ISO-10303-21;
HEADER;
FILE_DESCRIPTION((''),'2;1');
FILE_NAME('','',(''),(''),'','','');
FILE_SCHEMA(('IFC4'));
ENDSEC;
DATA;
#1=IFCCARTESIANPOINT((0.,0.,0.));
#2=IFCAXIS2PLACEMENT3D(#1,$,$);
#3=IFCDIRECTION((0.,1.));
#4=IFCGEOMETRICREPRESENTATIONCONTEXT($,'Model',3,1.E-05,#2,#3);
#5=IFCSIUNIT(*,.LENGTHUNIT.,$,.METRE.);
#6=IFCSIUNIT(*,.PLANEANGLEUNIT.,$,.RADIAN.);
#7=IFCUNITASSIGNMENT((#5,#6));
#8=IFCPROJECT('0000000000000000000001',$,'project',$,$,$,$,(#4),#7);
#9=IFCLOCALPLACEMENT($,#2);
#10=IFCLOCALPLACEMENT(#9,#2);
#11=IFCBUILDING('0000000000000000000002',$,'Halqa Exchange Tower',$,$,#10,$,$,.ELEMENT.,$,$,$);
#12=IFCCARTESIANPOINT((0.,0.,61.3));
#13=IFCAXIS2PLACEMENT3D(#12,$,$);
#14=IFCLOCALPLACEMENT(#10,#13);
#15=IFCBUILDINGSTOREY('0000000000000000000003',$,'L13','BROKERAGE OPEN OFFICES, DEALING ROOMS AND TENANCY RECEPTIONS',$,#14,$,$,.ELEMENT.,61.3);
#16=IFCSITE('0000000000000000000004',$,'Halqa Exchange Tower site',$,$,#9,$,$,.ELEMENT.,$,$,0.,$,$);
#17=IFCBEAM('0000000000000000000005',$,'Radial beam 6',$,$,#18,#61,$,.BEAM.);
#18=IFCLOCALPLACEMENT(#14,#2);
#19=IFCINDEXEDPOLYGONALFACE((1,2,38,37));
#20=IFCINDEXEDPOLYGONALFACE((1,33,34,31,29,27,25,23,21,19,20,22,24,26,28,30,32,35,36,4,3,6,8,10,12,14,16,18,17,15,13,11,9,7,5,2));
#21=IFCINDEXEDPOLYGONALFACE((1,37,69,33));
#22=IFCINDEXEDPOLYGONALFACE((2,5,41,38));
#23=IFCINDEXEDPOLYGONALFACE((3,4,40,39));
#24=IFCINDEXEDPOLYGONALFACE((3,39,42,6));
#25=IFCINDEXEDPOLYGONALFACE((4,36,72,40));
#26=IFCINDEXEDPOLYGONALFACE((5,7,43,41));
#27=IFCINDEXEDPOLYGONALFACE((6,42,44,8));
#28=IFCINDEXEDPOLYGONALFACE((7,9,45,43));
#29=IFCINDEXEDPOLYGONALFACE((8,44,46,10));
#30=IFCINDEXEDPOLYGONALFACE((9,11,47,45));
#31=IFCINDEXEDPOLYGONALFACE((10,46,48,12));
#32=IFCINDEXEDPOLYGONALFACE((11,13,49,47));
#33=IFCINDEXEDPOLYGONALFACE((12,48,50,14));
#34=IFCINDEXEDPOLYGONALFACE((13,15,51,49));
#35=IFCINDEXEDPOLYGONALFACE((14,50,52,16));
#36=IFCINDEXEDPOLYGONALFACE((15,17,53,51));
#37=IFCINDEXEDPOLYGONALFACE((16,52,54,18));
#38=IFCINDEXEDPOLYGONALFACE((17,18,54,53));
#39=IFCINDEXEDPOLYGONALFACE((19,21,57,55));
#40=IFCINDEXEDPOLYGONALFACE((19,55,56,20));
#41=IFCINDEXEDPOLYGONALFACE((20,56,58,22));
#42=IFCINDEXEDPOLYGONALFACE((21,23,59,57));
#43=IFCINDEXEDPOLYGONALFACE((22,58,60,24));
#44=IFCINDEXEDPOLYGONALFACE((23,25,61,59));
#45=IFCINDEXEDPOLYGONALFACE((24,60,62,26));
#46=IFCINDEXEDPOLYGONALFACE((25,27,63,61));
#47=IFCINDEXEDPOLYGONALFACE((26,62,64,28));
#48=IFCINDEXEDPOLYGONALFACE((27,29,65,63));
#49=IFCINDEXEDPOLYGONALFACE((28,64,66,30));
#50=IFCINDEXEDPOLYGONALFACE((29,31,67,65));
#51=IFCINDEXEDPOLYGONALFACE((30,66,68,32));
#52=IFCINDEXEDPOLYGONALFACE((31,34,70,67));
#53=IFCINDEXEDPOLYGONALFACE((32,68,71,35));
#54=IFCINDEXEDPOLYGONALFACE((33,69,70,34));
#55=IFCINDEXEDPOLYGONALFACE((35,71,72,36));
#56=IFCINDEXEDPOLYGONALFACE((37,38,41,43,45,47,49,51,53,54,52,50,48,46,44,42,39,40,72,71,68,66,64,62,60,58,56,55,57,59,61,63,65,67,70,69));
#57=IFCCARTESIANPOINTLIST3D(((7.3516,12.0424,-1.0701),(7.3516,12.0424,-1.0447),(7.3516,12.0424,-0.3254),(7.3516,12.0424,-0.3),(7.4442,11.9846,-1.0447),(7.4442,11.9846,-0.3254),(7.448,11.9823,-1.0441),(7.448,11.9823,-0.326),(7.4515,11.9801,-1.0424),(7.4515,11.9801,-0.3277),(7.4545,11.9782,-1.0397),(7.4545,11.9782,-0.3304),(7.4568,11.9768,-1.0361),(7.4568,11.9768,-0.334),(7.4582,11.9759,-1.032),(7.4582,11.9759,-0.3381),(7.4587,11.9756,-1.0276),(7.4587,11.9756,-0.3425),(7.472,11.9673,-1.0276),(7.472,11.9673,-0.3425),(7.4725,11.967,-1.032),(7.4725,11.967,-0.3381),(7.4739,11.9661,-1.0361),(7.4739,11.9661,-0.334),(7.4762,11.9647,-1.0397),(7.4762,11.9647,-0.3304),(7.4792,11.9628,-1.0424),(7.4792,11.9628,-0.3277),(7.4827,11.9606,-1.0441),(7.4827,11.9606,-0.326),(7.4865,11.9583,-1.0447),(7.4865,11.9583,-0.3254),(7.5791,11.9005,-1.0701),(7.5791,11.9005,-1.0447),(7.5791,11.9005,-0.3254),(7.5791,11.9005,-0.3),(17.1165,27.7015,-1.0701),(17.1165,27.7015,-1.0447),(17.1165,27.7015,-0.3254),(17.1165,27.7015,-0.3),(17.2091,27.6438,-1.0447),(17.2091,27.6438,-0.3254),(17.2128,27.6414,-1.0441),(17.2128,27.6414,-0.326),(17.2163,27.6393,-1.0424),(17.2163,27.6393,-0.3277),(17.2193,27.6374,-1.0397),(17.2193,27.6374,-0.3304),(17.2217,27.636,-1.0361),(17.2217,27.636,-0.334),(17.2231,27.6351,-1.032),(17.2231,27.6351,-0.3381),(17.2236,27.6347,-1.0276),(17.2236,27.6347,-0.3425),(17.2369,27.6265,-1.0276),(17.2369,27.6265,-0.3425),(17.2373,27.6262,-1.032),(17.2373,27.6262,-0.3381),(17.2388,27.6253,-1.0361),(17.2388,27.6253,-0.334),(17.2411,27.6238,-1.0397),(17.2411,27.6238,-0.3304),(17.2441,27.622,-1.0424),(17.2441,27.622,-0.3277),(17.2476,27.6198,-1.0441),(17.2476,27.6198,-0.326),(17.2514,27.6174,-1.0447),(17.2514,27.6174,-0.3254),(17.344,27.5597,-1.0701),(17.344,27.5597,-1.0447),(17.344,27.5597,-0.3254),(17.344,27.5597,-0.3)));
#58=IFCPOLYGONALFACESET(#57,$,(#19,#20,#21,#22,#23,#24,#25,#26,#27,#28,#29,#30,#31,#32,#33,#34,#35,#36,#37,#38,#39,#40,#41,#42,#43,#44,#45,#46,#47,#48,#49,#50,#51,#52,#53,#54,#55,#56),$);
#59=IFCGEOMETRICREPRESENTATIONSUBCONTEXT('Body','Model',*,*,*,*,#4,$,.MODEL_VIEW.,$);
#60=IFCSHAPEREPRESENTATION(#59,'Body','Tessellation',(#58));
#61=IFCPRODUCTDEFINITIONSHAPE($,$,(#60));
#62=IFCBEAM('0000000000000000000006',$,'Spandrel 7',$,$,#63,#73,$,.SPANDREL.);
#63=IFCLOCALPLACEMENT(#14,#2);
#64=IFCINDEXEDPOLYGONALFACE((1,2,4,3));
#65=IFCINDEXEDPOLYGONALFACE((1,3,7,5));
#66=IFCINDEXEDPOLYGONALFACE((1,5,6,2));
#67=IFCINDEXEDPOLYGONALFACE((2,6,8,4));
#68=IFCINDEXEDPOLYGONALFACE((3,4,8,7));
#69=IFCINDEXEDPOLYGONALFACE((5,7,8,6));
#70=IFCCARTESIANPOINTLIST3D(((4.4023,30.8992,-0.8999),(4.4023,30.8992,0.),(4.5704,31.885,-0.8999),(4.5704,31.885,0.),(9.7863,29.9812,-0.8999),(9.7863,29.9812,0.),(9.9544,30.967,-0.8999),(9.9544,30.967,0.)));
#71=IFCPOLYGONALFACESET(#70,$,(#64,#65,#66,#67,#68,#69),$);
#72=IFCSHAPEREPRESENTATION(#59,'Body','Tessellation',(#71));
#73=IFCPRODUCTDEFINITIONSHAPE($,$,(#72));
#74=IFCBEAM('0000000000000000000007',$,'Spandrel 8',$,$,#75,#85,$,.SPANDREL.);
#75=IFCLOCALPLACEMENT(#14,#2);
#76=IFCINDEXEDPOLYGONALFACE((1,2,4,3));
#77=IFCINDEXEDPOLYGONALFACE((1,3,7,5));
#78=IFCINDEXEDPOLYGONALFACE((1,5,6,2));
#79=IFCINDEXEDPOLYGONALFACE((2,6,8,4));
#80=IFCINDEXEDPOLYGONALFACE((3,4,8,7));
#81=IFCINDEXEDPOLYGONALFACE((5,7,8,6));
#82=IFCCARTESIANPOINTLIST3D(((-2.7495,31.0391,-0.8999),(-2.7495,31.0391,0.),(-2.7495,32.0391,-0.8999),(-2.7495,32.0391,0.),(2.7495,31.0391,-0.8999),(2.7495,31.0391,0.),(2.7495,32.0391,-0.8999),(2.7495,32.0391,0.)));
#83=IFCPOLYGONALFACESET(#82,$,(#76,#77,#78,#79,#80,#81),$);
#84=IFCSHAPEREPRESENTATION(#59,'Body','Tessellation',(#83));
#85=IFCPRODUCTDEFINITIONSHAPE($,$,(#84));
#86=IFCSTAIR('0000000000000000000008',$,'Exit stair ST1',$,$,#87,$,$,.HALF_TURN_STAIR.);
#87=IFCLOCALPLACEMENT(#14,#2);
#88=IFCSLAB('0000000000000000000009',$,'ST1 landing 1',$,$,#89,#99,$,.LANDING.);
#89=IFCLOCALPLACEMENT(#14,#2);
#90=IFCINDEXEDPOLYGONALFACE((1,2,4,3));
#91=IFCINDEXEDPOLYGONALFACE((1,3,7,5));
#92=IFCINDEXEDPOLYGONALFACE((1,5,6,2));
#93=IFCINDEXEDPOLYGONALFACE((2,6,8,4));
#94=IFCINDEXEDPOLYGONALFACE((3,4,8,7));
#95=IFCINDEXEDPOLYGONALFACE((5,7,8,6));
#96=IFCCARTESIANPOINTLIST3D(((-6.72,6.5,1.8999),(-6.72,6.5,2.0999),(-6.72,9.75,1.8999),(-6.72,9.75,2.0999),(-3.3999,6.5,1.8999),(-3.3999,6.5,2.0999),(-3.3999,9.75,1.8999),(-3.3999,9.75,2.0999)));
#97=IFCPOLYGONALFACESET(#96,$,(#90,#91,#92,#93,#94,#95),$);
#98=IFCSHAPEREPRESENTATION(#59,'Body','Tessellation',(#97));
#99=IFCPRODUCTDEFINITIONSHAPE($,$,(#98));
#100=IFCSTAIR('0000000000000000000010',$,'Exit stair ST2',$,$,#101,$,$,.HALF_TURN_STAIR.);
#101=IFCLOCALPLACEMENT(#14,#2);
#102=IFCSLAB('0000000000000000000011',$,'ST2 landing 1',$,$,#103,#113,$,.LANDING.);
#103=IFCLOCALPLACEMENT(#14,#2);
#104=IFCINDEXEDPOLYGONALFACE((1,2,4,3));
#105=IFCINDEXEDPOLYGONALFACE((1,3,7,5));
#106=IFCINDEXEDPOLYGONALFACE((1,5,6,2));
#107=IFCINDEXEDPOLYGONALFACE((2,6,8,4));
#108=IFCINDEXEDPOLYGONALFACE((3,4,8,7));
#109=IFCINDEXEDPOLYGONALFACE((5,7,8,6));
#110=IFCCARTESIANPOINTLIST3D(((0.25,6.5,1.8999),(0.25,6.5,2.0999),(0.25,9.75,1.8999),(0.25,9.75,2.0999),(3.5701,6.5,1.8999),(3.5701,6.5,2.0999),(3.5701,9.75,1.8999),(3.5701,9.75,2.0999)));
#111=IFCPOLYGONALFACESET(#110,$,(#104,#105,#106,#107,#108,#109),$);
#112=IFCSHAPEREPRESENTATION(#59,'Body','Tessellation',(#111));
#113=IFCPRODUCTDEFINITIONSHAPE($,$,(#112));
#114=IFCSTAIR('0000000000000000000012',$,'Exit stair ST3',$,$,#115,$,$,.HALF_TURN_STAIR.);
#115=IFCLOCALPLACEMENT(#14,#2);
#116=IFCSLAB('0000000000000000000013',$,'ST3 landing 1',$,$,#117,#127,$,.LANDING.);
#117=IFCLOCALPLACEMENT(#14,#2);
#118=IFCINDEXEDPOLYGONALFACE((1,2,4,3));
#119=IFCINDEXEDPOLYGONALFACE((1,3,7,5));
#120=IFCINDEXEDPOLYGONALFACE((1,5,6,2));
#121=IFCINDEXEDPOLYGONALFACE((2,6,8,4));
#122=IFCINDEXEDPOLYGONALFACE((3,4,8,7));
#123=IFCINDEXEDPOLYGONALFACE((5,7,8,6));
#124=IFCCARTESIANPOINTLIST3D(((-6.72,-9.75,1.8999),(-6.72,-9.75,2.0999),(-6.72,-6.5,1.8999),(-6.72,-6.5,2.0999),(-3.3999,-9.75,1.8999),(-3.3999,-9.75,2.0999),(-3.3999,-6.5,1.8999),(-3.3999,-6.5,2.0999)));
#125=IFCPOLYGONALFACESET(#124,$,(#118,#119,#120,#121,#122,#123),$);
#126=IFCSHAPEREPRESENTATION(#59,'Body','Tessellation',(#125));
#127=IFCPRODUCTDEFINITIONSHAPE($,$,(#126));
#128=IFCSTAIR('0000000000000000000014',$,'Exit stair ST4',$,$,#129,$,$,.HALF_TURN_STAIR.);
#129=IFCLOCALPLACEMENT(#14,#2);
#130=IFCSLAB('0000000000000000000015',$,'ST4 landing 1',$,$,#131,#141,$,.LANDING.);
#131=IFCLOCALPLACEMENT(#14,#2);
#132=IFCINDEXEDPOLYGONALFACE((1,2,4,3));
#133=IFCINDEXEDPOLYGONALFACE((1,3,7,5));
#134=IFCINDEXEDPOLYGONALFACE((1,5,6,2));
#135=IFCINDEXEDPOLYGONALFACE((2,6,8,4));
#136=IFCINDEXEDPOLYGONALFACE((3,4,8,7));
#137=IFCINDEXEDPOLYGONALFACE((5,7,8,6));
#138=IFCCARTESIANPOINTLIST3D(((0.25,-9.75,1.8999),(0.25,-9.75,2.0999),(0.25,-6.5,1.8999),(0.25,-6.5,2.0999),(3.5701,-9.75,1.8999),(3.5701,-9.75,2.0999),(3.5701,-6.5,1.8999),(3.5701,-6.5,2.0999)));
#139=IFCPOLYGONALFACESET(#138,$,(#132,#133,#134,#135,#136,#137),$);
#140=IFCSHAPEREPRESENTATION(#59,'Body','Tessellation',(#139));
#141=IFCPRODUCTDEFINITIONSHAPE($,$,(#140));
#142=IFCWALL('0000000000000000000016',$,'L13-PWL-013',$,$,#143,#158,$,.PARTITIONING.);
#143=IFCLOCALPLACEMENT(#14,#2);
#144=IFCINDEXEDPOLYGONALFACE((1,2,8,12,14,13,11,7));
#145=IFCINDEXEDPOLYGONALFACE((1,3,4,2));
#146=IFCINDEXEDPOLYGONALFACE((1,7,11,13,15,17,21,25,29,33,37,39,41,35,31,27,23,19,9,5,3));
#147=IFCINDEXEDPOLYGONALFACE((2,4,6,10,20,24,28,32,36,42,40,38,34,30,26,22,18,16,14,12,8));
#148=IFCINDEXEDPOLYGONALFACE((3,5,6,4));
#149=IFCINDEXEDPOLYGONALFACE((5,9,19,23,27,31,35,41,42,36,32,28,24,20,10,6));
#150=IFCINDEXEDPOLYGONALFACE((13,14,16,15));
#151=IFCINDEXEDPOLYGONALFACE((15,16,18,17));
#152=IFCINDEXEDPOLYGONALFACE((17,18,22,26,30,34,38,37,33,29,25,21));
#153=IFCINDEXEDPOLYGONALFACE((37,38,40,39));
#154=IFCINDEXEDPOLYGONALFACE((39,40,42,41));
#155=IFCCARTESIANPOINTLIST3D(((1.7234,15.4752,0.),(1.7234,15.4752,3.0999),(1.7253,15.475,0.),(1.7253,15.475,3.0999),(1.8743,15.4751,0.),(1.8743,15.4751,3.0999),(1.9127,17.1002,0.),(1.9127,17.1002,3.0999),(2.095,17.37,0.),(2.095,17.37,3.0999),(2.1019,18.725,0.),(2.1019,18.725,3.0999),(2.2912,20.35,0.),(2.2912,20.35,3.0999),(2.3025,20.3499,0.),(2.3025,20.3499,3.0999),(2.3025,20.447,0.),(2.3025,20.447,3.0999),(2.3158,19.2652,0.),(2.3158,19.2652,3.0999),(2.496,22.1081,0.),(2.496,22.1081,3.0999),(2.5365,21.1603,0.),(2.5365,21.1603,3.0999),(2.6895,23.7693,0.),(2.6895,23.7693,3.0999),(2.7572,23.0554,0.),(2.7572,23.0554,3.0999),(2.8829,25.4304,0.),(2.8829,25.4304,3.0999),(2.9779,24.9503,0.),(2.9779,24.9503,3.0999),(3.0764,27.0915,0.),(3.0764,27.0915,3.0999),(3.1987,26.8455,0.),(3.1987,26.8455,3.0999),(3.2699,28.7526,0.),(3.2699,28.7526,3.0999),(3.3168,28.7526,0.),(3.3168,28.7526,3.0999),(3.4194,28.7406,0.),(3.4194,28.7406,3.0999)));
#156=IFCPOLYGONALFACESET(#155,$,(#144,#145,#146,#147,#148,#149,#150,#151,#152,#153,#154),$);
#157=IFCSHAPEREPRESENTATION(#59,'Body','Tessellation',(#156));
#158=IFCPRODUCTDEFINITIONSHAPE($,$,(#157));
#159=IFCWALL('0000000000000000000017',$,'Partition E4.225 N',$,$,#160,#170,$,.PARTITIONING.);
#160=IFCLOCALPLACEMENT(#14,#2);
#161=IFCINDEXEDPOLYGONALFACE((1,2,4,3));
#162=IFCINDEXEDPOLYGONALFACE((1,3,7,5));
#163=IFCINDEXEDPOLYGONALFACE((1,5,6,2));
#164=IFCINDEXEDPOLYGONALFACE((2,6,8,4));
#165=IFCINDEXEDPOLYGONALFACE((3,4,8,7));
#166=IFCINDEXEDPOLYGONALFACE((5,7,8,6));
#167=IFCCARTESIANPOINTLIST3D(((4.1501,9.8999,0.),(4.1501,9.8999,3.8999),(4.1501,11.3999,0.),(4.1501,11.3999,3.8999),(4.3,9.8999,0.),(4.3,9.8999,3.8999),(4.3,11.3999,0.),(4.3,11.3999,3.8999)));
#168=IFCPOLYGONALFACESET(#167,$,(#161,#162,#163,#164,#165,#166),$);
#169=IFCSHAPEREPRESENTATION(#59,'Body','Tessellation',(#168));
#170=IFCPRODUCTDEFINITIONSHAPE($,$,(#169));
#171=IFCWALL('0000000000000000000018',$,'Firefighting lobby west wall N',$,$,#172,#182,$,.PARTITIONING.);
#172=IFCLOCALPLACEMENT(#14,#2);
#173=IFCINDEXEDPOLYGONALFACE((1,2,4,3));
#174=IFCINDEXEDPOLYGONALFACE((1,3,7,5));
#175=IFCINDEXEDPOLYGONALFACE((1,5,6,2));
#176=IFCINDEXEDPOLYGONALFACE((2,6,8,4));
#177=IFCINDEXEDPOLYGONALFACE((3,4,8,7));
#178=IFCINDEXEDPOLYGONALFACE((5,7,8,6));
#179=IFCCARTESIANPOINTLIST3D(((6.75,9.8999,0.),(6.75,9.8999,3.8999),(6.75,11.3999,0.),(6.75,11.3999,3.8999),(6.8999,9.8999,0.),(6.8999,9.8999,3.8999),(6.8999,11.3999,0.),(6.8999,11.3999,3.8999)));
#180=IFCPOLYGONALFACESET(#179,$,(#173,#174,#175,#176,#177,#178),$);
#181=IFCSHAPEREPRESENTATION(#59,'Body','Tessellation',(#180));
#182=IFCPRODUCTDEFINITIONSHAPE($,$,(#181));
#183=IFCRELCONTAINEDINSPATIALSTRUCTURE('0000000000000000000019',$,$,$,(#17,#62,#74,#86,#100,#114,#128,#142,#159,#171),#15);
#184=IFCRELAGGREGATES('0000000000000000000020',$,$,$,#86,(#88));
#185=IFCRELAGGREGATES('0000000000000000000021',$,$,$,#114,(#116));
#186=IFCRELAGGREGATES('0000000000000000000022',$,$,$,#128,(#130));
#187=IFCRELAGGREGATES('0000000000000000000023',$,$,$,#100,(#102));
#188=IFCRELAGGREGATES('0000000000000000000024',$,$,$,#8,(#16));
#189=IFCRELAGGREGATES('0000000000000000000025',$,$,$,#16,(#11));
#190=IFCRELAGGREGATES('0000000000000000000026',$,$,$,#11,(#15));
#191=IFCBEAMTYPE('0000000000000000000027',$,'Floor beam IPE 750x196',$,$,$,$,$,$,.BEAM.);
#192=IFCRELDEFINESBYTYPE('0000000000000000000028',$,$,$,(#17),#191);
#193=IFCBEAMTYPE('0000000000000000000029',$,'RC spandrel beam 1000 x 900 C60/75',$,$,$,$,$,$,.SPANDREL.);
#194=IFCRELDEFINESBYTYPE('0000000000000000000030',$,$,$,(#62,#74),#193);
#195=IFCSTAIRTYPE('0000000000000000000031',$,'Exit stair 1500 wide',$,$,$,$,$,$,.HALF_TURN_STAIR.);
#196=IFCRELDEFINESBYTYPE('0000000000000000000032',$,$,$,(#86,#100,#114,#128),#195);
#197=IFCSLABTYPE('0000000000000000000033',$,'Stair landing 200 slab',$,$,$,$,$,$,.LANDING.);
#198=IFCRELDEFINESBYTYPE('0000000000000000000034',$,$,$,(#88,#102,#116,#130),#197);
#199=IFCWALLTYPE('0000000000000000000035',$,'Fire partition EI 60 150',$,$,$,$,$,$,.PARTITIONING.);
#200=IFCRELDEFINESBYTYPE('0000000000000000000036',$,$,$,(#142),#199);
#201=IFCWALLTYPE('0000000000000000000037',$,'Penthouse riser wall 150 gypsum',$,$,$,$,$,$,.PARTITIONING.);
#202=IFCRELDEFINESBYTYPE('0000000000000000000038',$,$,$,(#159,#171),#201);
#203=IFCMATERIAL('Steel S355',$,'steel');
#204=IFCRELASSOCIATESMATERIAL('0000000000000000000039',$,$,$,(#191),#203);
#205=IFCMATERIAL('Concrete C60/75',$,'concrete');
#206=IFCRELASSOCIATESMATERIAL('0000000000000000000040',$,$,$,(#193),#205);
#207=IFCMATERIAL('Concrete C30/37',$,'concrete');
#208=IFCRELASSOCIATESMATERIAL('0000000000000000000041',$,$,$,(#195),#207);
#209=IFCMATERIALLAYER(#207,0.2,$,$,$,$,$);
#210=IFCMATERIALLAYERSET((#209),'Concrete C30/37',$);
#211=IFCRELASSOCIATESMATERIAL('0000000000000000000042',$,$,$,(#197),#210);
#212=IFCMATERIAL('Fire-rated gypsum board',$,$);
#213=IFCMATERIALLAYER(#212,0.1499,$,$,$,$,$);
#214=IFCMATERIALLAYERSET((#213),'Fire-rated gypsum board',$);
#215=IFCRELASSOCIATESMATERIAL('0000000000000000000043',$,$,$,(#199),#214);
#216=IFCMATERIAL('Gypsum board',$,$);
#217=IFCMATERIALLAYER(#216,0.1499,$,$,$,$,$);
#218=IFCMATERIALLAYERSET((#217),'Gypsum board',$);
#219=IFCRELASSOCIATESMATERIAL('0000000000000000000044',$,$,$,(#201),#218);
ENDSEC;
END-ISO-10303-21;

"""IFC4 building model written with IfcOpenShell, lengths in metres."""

from ifc_helpers import new_model, si_unit, direction, frame, frame_2d, origin, origin_2d, place, context, subcontext, project, spatial, polyline, rectangle, i_section, outline, extrude, material, layer, layer_set, material_profile, profile_set, type_object, element, aggregate, save


model = new_model("IFC4")

# Units and contexts
model_context = context("Model", 3, precision=1e-05, world=origin(), true_north=direction((0.0, 1.0)))
body_context = subcontext(model_context, "Body", "Model", "MODEL_VIEW")
ifc_project = project(units=[si_unit("LENGTHUNIT", "METRE"), si_unit("PLANEANGLEUNIT", "RADIAN")], contexts=[model_context])

# Site, building, storey
site_placement = place(None, origin())
site = spatial("IfcSite", under=ifc_project, at=site_placement, Name="Halqa Exchange Tower site", CompositionType="ELEMENT", RefElevation=0.0)
building_placement = place(site_placement, origin())
building = spatial("IfcBuilding", under=site, at=building_placement, Name="Halqa Exchange Tower", CompositionType="ELEMENT")
storey_placement = place(building_placement, frame((0.0, 0.0, 61.3)))
storey = spatial("IfcBuildingStorey", under=building, at=storey_placement, Name="L13", Description="BROKERAGE OPEN OFFICES, DEALING ROOMS AND TENANCY RECEPTIONS", CompositionType="ELEMENT", Elevation=61.3)

# Beams
ifc_material_1 = material(Name="Steel S355", Category="steel")
ifc_material_profile_1 = material_profile(ifc_material_1, i_section(OverallWidth=0.2681, OverallDepth=0.77, WebThickness=0.0156, FlangeThickness=0.0254, FilletRadius=0.0171, at=origin_2d()), Name="IPE 750x196")
ifc_profile_set_1 = profile_set([ifc_material_profile_1], Name="Steel S355")
beam_type_1 = type_object("IfcBeamType", Name="Floor beam IPE 750x196", PredefinedType="BEAM", material=ifc_profile_set_1)
beam_1_placement = place(storey_placement, frame((7.4653, 11.9714, -0.6851), z_axis=(0.529138, 0.848536, 0.0), x_axis=(-0.848536, 0.529138, 0.0)))
element("IfcBeam", 1, at=beam_1_placement, inside=storey, type_object=beam_type_1, Name="Radial beam 6", PredefinedType="BEAM", context=body_context, shape_type="SweptSolid", body=[
    extrude(i_section(OverallWidth=0.2681, OverallDepth=0.77, WebThickness=0.0156, FlangeThickness=0.0254, FilletRadius=0.0171, at=origin_2d()), origin(), (0.0, 0.0, 1.0), 18.4543),
])
ifc_material_2 = material(Name="Concrete C60/75", Category="concrete")
ifc_material_profile_2 = material_profile(ifc_material_2, rectangle(XDim=1.0, YDim=0.8999, at=origin_2d()), Name="1000 x 900")
ifc_profile_set_2 = profile_set([ifc_material_profile_2], Name="Concrete C60/75")
beam_type_2 = type_object("IfcBeamType", Name="RC spandrel beam 1000 x 900 C60/75", PredefinedType="SPANDREL", material=ifc_profile_set_2)
beam_2_placement = place(storey_placement, frame((9.8704, 30.4741, -0.45), z_axis=(-0.985775, 0.168073, 0.0), x_axis=(-0.168073, -0.985775, 0.0)))
element("IfcBeam", 2, at=beam_2_placement, inside=storey, type_object=beam_type_2, Name="Spandrel 7", PredefinedType="SPANDREL", context=body_context, shape_type="SweptSolid", body=[
    extrude(rectangle(XDim=1.0, YDim=0.8999, at=origin_2d()), origin(), (0.0, 0.0, 1.0), 5.4617),
])
beam_3_placement = place(storey_placement, frame((2.7495, 31.5391, -0.45), z_axis=(-1.0, 0.0, 0.0), x_axis=(0.0, -1.0, 0.0)))
element("IfcBeam", 3, at=beam_3_placement, inside=storey, type_object=beam_type_2, Name="Spandrel 8", PredefinedType="SPANDREL", context=body_context, shape_type="SweptSolid", body=[
    extrude(rectangle(XDim=1.0, YDim=0.8999, at=origin_2d()), origin(), (0.0, 0.0, 1.0), 5.499),
])

# Stairs, slabs
ifc_material_3 = material(Name="Concrete C30/37", Category="concrete")
stair_type = type_object("IfcStairType", Name="Exit stair 1500 wide", PredefinedType="HALF_TURN_STAIR", material=ifc_material_3)
stair_1_placement = place(storey_placement, origin())
stair_1 = element("IfcStair", 4, at=stair_1_placement, inside=storey, type_object=stair_type, Name="Exit stair ST1", PredefinedType="HALF_TURN_STAIR")
ifc_layer_1 = layer(ifc_material_3, 0.2)
ifc_layer_set_1 = layer_set([ifc_layer_1], Name="Concrete C30/37")
slab_type = type_object("IfcSlabType", Name="Stair landing 200 slab", PredefinedType="LANDING", material=ifc_layer_set_1)
slab_1_placement = place(storey_placement, frame((0.0, 0.0, 1.8999)))
slab_1 = element("IfcSlab", 5, at=slab_1_placement, type_object=slab_type, Name="ST1 landing 1", PredefinedType="LANDING", context=body_context, shape_type="SweptSolid", body=[
    extrude(outline(polyline([(-6.72, 6.5), (-3.3999, 6.5), (-3.3999, 9.75), (-6.72, 9.75), (-6.72, 6.5)])), origin(), (0.0, 0.0, 1.0), 0.2),
])
aggregate(stair_1, [slab_1])
stair_2_placement = place(storey_placement, origin())
stair_2 = element("IfcStair", 6, at=stair_2_placement, inside=storey, type_object=stair_type, Name="Exit stair ST2", PredefinedType="HALF_TURN_STAIR")
slab_2_placement = place(storey_placement, frame((0.0, 0.0, 1.8999)))
slab_2 = element("IfcSlab", 7, at=slab_2_placement, type_object=slab_type, Name="ST2 landing 1", PredefinedType="LANDING", context=body_context, shape_type="SweptSolid", body=[
    extrude(outline(polyline([(0.25, 6.5), (3.5701, 6.5), (3.5701, 9.75), (0.25, 9.75), (0.25, 6.5)])), origin(), (0.0, 0.0, 1.0), 0.2),
])
stair_3_placement = place(storey_placement, origin())
stair_3 = element("IfcStair", 8, at=stair_3_placement, inside=storey, type_object=stair_type, Name="Exit stair ST3", PredefinedType="HALF_TURN_STAIR")
slab_3_placement = place(storey_placement, frame((0.0, 0.0, 1.8999)))
slab_3 = element("IfcSlab", 9, at=slab_3_placement, type_object=slab_type, Name="ST3 landing 1", PredefinedType="LANDING", context=body_context, shape_type="SweptSolid", body=[
    extrude(outline(polyline([(-6.72, -9.75), (-3.3999, -9.75), (-3.3999, -6.5), (-6.72, -6.5), (-6.72, -9.75)])), origin(), (0.0, 0.0, 1.0), 0.2),
])
aggregate(stair_3, [slab_3])
stair_4_placement = place(storey_placement, origin())
stair_4 = element("IfcStair", 10, at=stair_4_placement, inside=storey, type_object=stair_type, Name="Exit stair ST4", PredefinedType="HALF_TURN_STAIR")
slab_4_placement = place(storey_placement, frame((0.0, 0.0, 1.8999)))
slab_4 = element("IfcSlab", 11, at=slab_4_placement, type_object=slab_type, Name="ST4 landing 1", PredefinedType="LANDING", context=body_context, shape_type="SweptSolid", body=[
    extrude(outline(polyline([(0.25, -9.75), (3.5701, -9.75), (3.5701, -6.5), (0.25, -6.5), (0.25, -9.75)])), origin(), (0.0, 0.0, 1.0), 0.2),
])
aggregate(stair_4, [slab_4])

# Walls
ifc_material_4 = material(Name="Fire-rated gypsum board")
ifc_layer_2 = layer(ifc_material_4, 0.1499)
ifc_layer_set_2 = layer_set([ifc_layer_2], Name="Fire-rated gypsum board")
wall_type_1 = type_object("IfcWallType", Name="Fire partition EI 60 150", PredefinedType="PARTITIONING", material=ifc_layer_set_2)
wall_1_placement = place(storey_placement, frame((1.7979, 15.4666, 0.0), z_axis=(0.0, 0.0, 1.0), x_axis=(0.115694, 0.993285, 0.0)))
element("IfcWall", 12, at=wall_1_placement, inside=storey, type_object=wall_type_1, Name="L13-PWL-013", PredefinedType="PARTITIONING", context=body_context, shape_type="SweptSolid", body=[
    extrude(outline(polyline([(13.3726, -0.075), (13.3726, 0.0283), (13.3672, 0.075), (11.6948, 0.075), (10.0225, 0.075), (8.3501, 0.075), (6.6777, 0.075), (5.0054, 0.075), (4.9089, 0.0637), (4.9077, 0.075), (3.2717, 0.075), (1.636, 0.075), (0.0, 0.075), (0.0, 0.073), (0.0173, -0.075), (1.925, -0.075), (3.833, -0.075), (5.741, -0.075), (7.6489, -0.075), (9.5566, -0.075), (11.4646, -0.075), (13.3726, -0.075)])), origin(), (0.0, 0.0, 1.0), 3.0999),
])
ifc_material_5 = material(Name="Gypsum board")
ifc_layer_3 = layer(ifc_material_5, 0.1499)
ifc_layer_set_3 = layer_set([ifc_layer_3], Name="Gypsum board")
wall_type_2 = type_object("IfcWallType", Name="Penthouse riser wall 150 gypsum", PredefinedType="PARTITIONING", material=ifc_layer_set_3)
for number, where, z_axis, x_axis, name in (
    (13, (4.2251, 9.8999, 0.0), (0.0, 0.0, 1.0), (0.0, 1.0, 0.0), "Partition E4.225 N"),
    (14, (6.825, 9.8999, 0.0), (0.0, 0.0, 1.0), (0.0, 1.0, 0.0), "Firefighting lobby west wall N"),
):
    element("IfcWall", number, at=place(storey_placement, frame(where, z_axis=z_axis, x_axis=x_axis)), inside=storey, type_object=wall_type_2, Name=name, PredefinedType="PARTITIONING", context=body_context, shape_type="SweptSolid", body=[
        extrude(rectangle(XDim=1.5, YDim=0.1499, at=frame_2d((0.75, 0.0))), origin(), (0.0, 0.0, 1.0), 3.8999),
    ])

aggregate(stair_2, [slab_2])

save(model, "model.ifc")
